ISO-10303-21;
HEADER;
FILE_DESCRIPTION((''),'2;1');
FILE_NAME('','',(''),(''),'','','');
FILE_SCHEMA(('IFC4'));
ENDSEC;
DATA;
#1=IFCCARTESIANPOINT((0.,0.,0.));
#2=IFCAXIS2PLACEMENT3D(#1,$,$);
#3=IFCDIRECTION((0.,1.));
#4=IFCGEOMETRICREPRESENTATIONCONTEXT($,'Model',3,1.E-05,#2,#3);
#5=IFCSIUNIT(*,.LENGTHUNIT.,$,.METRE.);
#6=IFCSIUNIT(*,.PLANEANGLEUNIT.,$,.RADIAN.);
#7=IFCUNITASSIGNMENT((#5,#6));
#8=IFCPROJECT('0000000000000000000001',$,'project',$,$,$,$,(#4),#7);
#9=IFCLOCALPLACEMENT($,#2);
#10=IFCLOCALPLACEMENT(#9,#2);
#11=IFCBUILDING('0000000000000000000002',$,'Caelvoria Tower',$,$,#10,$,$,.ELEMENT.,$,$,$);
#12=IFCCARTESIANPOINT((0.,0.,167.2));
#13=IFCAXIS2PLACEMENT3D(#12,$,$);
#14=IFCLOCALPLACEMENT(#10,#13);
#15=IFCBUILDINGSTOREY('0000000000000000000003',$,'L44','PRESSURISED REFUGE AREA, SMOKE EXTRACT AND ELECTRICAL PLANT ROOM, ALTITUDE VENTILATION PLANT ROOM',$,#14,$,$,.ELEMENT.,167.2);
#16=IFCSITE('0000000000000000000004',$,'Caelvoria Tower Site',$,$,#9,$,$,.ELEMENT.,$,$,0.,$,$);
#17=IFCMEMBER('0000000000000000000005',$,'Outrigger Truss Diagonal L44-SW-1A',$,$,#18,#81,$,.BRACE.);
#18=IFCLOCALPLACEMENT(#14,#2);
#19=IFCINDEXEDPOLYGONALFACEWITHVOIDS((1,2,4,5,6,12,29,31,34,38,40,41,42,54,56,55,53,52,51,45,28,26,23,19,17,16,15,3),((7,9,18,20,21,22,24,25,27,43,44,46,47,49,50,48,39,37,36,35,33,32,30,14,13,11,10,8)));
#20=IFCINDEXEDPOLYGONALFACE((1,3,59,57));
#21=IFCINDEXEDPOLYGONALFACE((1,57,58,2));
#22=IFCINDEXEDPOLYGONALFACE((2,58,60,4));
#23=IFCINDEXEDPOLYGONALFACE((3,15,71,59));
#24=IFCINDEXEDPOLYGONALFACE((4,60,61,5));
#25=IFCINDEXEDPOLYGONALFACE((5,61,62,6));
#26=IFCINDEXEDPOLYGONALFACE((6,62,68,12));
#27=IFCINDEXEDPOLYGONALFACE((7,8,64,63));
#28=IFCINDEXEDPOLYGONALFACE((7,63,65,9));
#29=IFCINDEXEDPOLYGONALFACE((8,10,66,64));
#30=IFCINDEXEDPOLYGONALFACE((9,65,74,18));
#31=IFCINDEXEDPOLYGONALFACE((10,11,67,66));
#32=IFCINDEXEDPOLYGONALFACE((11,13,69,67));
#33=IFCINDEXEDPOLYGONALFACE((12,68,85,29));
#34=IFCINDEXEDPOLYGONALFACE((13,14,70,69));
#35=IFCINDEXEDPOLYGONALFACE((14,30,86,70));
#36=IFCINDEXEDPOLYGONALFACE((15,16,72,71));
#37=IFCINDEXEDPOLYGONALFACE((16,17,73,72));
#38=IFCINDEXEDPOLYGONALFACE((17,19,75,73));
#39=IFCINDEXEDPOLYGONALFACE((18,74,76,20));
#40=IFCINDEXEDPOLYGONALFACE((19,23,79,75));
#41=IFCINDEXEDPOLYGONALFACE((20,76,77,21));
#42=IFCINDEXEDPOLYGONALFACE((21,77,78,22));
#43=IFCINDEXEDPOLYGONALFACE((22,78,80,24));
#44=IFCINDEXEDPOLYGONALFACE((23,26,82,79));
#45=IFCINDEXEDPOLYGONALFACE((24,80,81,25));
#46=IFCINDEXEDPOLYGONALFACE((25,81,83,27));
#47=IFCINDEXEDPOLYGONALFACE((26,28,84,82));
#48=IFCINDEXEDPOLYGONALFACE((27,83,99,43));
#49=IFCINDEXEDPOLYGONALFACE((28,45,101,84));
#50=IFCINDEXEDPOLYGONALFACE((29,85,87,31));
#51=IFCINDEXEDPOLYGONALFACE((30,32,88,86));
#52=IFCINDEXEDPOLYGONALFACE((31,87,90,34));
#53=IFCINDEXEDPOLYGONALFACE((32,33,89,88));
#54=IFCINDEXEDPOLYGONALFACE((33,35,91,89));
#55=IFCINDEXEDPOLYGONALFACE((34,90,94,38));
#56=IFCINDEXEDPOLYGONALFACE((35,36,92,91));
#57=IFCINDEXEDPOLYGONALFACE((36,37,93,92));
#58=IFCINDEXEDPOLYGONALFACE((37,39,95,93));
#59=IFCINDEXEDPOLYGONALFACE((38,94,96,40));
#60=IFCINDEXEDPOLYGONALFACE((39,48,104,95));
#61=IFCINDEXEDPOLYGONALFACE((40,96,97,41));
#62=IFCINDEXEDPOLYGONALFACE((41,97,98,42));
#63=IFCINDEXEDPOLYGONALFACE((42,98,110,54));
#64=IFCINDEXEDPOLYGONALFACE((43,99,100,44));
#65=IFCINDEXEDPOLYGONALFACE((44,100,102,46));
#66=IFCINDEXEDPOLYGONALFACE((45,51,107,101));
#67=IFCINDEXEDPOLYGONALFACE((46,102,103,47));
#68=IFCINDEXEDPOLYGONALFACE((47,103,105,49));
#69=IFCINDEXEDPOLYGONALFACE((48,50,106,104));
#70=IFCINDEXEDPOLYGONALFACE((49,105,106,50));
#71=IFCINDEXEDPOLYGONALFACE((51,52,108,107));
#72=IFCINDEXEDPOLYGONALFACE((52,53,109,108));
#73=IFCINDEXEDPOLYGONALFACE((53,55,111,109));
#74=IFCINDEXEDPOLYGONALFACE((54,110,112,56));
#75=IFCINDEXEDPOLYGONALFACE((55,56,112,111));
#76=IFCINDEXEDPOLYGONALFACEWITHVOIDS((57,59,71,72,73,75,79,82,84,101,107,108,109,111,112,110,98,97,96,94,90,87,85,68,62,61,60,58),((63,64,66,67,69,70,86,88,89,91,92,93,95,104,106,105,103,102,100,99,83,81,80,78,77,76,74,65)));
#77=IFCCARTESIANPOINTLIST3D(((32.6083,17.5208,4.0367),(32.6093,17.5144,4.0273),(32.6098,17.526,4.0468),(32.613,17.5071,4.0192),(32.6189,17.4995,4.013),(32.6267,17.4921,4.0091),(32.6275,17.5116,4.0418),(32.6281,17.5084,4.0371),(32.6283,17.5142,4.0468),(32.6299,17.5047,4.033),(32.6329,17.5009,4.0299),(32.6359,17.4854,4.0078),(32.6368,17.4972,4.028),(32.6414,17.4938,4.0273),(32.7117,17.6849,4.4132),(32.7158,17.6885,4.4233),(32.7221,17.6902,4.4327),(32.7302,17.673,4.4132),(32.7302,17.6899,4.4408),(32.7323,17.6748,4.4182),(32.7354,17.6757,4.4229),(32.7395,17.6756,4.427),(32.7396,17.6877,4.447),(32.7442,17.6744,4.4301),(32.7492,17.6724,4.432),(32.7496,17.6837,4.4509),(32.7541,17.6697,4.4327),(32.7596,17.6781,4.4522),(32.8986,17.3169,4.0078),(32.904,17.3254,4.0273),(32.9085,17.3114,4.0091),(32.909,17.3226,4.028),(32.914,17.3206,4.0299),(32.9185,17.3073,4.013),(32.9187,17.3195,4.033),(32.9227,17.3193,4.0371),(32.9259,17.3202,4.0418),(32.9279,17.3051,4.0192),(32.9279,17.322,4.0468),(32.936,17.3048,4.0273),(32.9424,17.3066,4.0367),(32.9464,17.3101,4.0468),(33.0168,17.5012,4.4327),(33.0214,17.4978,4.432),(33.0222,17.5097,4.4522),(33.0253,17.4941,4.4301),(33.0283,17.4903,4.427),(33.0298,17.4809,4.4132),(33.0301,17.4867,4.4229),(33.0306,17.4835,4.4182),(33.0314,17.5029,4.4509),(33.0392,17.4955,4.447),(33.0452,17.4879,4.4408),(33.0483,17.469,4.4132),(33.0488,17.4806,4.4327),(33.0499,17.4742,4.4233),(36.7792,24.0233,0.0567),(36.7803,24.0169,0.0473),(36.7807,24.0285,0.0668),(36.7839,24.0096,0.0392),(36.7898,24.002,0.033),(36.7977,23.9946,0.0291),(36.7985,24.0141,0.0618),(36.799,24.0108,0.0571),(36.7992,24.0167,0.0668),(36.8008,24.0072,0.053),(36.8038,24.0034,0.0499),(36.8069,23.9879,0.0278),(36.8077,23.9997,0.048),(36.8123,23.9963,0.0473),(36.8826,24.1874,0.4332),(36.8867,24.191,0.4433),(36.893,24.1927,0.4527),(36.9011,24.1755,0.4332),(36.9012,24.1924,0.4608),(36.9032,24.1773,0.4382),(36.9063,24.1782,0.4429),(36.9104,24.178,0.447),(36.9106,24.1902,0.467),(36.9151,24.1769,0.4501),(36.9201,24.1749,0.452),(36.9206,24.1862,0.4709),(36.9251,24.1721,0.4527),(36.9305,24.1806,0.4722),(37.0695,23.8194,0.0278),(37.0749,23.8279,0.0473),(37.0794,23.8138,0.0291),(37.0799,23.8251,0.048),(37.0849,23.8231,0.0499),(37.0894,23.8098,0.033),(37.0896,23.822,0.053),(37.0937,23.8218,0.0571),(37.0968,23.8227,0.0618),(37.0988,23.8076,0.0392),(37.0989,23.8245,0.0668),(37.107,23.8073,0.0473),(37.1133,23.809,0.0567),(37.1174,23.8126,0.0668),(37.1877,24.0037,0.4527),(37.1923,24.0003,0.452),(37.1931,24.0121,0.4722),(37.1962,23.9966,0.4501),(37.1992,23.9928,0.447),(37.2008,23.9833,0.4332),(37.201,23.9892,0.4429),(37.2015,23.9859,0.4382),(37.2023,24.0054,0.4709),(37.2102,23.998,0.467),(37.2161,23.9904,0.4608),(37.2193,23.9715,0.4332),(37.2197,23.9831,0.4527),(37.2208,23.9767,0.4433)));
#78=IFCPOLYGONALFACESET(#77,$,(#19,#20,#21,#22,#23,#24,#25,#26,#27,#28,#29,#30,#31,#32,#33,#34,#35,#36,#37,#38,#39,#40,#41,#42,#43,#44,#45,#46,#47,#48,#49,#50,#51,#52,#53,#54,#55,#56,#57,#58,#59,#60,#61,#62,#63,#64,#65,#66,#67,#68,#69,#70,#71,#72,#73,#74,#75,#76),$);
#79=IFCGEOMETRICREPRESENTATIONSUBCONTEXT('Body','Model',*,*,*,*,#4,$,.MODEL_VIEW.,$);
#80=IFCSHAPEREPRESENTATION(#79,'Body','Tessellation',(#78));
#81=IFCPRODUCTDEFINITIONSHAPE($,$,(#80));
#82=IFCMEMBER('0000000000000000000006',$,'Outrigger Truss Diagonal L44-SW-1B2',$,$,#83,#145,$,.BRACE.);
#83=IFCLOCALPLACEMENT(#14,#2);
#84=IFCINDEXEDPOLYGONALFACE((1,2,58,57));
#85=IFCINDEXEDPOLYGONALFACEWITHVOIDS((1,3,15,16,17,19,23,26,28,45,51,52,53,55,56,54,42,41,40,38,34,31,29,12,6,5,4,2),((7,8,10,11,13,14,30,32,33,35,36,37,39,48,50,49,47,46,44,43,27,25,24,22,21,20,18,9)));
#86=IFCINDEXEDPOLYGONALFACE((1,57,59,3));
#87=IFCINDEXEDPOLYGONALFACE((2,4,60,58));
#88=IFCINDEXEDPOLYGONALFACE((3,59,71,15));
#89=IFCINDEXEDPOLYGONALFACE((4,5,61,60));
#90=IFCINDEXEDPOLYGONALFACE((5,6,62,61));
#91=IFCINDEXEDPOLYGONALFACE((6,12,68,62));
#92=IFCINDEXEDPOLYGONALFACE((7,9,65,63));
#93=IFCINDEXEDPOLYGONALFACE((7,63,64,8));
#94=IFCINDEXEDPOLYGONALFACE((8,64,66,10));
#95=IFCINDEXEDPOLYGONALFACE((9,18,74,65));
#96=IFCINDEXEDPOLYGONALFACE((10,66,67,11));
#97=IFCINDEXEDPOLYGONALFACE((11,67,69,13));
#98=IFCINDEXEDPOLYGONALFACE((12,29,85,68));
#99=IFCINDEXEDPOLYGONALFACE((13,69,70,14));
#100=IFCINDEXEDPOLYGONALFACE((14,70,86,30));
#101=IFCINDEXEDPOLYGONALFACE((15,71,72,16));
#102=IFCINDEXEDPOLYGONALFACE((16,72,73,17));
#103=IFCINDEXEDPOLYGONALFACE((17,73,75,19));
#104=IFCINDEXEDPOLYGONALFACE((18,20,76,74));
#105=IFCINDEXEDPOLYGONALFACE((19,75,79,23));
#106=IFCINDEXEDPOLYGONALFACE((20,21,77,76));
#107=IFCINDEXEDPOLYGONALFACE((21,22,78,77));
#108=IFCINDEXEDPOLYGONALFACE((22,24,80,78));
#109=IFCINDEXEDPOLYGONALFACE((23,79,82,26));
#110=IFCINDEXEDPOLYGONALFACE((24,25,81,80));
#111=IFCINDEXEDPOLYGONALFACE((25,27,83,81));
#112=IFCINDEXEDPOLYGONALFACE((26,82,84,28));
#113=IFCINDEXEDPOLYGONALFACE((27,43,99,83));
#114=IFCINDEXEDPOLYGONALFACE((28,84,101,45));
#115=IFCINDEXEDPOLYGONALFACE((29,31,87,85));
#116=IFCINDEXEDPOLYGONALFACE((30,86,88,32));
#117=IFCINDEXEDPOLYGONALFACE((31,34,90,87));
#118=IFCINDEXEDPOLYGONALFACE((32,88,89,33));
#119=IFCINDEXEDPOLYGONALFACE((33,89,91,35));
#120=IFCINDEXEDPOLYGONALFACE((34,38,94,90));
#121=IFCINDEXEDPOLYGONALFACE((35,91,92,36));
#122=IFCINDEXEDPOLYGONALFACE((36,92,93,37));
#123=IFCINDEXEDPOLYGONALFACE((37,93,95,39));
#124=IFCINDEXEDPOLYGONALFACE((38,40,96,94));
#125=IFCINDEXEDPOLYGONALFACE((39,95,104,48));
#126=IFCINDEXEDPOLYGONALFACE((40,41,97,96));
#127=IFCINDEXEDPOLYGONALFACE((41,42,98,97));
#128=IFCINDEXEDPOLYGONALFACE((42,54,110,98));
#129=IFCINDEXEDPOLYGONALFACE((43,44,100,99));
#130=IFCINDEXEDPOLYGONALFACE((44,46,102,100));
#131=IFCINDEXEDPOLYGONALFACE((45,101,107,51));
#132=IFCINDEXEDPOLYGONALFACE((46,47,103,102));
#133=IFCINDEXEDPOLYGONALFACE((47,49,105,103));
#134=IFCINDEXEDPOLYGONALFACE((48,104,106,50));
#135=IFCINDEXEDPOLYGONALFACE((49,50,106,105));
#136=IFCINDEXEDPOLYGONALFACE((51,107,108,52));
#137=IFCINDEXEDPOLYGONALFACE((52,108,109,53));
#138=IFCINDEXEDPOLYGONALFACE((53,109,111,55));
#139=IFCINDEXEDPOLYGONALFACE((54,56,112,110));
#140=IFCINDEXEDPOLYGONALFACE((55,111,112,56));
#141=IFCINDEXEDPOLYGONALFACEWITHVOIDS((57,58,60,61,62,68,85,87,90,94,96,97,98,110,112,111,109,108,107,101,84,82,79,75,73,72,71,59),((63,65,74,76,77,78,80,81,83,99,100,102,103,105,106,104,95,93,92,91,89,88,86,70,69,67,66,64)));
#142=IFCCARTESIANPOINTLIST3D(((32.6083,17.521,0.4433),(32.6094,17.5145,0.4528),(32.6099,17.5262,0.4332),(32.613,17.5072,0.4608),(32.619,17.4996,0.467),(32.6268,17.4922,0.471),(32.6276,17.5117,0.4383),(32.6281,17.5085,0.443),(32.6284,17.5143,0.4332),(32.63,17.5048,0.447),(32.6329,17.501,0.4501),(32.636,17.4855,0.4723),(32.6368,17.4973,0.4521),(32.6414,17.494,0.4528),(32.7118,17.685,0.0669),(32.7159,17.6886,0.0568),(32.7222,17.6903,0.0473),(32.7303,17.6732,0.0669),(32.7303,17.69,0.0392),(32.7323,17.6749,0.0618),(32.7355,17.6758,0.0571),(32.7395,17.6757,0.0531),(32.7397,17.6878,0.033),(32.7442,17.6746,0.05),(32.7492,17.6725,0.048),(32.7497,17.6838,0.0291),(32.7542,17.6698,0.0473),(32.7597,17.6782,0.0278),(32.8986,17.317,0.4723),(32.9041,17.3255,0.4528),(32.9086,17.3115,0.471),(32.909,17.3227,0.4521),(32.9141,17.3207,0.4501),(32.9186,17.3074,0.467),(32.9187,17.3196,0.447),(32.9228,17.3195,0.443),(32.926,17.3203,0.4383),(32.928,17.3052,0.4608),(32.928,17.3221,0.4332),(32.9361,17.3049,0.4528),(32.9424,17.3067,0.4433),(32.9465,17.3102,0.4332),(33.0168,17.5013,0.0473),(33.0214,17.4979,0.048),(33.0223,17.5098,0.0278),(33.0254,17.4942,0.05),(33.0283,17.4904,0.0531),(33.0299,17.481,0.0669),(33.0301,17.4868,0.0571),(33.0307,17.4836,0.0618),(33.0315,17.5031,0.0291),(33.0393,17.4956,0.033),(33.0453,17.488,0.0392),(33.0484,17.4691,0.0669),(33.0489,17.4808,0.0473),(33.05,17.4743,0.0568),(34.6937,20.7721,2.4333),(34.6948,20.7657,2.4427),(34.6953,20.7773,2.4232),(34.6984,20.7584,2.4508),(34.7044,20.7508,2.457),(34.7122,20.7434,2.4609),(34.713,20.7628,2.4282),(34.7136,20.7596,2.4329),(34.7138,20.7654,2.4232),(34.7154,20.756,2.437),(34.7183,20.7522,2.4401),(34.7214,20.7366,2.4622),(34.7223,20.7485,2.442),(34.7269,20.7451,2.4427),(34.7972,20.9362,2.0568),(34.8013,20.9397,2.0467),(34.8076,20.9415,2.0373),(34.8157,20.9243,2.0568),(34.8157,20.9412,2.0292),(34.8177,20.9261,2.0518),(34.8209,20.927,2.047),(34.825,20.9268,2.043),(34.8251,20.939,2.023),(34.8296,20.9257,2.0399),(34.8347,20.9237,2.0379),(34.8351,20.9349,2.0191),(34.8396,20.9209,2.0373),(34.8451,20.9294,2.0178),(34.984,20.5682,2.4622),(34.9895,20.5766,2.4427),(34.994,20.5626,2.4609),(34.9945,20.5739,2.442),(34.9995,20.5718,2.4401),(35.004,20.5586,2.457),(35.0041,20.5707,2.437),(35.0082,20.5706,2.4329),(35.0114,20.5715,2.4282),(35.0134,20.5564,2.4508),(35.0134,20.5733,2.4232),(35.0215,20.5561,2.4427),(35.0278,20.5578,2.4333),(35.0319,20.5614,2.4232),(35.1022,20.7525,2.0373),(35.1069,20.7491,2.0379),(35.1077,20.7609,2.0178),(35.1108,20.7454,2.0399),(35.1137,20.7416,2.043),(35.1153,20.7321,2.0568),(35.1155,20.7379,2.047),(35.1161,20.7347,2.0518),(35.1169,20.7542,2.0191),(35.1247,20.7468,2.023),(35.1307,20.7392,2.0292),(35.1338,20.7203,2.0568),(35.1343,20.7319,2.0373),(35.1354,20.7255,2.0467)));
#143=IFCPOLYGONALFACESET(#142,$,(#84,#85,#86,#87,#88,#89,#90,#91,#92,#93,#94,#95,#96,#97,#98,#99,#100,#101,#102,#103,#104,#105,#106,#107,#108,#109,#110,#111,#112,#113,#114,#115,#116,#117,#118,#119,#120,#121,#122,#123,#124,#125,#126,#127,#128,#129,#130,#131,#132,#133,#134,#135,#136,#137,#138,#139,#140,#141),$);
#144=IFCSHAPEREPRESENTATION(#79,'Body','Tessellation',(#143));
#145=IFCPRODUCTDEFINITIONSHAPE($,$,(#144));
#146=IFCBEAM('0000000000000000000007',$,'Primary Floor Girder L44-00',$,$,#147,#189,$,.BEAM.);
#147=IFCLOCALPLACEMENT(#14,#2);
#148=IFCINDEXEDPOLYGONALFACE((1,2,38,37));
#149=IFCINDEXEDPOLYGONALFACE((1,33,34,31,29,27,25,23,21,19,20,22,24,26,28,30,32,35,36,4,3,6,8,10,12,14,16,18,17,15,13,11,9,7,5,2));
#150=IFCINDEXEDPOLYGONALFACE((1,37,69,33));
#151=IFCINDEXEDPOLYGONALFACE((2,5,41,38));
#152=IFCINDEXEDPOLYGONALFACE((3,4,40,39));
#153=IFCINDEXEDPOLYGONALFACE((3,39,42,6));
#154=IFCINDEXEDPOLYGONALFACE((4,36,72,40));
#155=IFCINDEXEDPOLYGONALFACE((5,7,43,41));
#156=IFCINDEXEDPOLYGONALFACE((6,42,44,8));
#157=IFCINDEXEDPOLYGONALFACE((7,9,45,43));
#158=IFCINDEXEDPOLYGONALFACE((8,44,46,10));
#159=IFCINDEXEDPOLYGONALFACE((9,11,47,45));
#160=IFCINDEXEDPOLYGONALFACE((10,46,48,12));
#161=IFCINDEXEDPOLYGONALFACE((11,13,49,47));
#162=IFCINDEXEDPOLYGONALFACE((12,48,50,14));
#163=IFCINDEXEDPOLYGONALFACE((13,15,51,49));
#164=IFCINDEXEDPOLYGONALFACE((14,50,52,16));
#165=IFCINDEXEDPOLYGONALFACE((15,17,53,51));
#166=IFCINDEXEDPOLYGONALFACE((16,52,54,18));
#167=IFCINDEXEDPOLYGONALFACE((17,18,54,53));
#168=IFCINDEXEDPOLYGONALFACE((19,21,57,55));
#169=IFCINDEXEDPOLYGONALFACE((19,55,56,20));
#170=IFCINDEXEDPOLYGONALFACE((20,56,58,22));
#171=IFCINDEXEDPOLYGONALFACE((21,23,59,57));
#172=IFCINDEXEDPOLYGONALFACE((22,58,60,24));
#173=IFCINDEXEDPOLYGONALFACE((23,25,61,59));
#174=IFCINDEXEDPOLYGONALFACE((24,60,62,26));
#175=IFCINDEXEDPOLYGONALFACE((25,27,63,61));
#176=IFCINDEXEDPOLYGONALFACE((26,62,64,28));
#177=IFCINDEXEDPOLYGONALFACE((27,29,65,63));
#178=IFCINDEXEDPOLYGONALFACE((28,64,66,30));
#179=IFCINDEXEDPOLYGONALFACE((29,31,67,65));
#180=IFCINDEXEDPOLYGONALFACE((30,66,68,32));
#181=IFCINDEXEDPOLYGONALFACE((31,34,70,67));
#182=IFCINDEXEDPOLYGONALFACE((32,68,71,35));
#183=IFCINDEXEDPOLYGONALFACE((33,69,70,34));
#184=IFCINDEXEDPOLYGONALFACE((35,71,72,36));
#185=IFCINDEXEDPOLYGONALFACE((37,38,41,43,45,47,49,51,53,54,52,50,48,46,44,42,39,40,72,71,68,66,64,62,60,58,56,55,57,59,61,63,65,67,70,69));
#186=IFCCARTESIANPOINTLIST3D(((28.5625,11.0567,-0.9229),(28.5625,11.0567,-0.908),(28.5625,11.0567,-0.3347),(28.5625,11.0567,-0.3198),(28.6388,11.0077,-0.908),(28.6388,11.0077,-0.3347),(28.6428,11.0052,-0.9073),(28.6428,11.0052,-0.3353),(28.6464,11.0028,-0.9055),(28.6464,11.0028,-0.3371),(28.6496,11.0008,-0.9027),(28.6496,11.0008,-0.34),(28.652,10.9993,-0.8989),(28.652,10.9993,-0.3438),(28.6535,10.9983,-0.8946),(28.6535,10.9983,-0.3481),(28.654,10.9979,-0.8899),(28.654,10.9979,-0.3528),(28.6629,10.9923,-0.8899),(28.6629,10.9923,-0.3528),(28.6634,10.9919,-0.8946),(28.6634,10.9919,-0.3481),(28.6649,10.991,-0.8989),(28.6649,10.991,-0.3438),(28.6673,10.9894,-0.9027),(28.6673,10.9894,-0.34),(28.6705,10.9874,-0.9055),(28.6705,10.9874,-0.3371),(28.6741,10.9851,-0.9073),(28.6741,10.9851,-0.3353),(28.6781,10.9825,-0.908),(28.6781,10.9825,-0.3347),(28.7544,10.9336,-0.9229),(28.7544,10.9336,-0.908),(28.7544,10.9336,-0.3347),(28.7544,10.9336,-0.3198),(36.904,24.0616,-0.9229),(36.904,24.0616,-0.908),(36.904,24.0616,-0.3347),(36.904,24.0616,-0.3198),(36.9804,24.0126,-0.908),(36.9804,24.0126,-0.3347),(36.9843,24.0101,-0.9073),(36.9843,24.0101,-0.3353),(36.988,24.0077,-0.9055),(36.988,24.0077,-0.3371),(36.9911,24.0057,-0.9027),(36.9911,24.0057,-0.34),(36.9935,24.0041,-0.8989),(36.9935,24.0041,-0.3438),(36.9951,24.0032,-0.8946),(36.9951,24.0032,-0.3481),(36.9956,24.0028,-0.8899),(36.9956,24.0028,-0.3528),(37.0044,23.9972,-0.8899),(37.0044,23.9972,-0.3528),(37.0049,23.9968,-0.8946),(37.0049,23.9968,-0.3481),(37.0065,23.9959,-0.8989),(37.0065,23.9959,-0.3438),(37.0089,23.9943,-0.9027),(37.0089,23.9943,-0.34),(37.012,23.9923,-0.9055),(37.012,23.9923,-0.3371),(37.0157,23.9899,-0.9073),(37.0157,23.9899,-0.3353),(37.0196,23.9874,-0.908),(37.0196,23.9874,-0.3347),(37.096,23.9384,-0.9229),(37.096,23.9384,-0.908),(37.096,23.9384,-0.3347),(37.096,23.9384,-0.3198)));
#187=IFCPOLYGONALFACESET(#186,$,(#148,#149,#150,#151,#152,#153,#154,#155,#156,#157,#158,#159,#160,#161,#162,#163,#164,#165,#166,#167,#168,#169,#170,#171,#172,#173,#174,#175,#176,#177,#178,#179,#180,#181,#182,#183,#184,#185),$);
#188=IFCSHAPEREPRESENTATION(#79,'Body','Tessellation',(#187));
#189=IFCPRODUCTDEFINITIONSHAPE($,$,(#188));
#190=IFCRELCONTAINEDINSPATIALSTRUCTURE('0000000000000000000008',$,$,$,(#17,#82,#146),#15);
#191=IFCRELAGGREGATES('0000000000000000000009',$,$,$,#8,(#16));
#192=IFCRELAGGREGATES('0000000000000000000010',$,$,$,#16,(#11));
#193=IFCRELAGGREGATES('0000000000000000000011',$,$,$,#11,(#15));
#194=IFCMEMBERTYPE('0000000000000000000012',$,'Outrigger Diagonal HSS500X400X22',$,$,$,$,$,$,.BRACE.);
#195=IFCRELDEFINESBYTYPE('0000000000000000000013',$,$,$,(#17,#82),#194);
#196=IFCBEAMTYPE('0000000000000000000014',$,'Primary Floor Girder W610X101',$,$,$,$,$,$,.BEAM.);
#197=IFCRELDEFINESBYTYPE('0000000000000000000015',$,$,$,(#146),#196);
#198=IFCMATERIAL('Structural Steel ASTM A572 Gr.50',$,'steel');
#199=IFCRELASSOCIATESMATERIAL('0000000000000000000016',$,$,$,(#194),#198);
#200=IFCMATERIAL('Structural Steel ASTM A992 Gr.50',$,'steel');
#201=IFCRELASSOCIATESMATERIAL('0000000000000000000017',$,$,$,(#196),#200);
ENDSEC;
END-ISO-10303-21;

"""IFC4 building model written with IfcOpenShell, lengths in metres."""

from ifc_helpers import new_model, si_unit, direction, frame, origin, origin_2d, place, context, subcontext, project, spatial, hollow_rectangle, i_section, extrude, material, material_profile, profile_set, type_object, element, save


model = new_model("IFC4")

# Units and contexts
model_context = context("Model", 3, precision=1e-05, world=origin(), true_north=direction((0.0, 1.0)))
body_context = subcontext(model_context, "Body", "Model", "MODEL_VIEW")
ifc_project = project(units=[si_unit("LENGTHUNIT", "METRE"), si_unit("PLANEANGLEUNIT", "RADIAN")], contexts=[model_context])

# Site, building, storey
site_placement = place(None, origin())
site = spatial("IfcSite", under=ifc_project, at=site_placement, Name="Caelvoria Tower Site", CompositionType="ELEMENT", RefElevation=0.0)
building_placement = place(site_placement, origin())
building = spatial("IfcBuilding", under=site, at=building_placement, Name="Caelvoria Tower", CompositionType="ELEMENT")
storey_placement = place(building_placement, frame((0.0, 0.0, 167.2)))
storey = spatial("IfcBuildingStorey", under=building, at=storey_placement, Name="L44", Description="PRESSURISED REFUGE AREA, SMOKE EXTRACT AND ELECTRICAL PLANT ROOM, ALTITUDE VENTILATION PLANT ROOM", CompositionType="ELEMENT", Elevation=167.2)

# Members
ifc_material_1 = material(Name="Structural Steel ASTM A572 Gr.50", Category="steel")
ifc_material_profile_1 = material_profile(ifc_material_1, hollow_rectangle(XDim=0.3999, YDim=0.5, WallThickness=0.022, InnerFilletRadius=0.022, OuterFilletRadius=0.0439, at=origin_2d()), Name="Structural Steel ASTM A572 Gr.50")
ifc_profile_set_1 = profile_set([ifc_material_profile_1], Name="HSS500X400X22 - Structural Steel ASTM A572 Gr.50")
member_type = type_object("IfcMemberType", Name="Outrigger Diagonal HSS500X400X22", PredefinedType="BRACE", material=ifc_profile_set_1)
member_1_placement = place(storey_placement, frame((37.0, 24.0, 0.25), z_axis=(-0.479958, -0.748256, 0.457989), x_axis=(0.841722, -0.539911, 0.0)))
element("IfcMember", 1, at=member_1_placement, inside=storey, type_object=member_type, Name="Outrigger Truss Diagonal L44-SW-1A", PredefinedType="BRACE", context=body_context, shape_type="SweptSolid", body=[
    extrude(hollow_rectangle(XDim=0.3999, YDim=0.5, WallThickness=0.022, InnerFilletRadius=0.022, OuterFilletRadius=0.0439, at=origin_2d()), origin(), (0.0, 0.0, 1.0), 8.6902),
])
member_2_placement = place(storey_placement, frame((34.9146, 20.7488, 2.24), z_axis=(-0.479958, -0.748256, -0.457989), x_axis=(0.841722, -0.539911, 0.0)))
element("IfcMember", 2, at=member_2_placement, inside=storey, type_object=member_type, Name="Outrigger Truss Diagonal L44-SW-1B2", PredefinedType="BRACE", context=body_context, shape_type="SweptSolid", body=[
    extrude(hollow_rectangle(XDim=0.3999, YDim=0.5, WallThickness=0.022, InnerFilletRadius=0.022, OuterFilletRadius=0.0439, at=origin_2d()), origin(), (0.0, 0.0, 1.0), 4.345),
])

# Beam
ifc_material_2 = material(Name="Structural Steel ASTM A992 Gr.50", Category="steel")
ifc_material_profile_2 = material_profile(ifc_material_2, i_section(OverallWidth=0.228, OverallDepth=0.603, WebThickness=0.0105, FlangeThickness=0.0149, FilletRadius=0.0181, at=origin_2d()), Name="Structural Steel ASTM A992 Gr.50")
ifc_profile_set_2 = profile_set([ifc_material_profile_2], Name="W610X101 - Structural Steel ASTM A992 Gr.50")
beam_type_1 = type_object("IfcBeamType", Name="Primary Floor Girder W610X101", PredefinedType="BEAM", material=ifc_profile_set_2)
beam_1_placement = place(storey_placement, frame((37.0, 24.0, -0.6213), z_axis=(-0.5399, -0.841729, 0.0), x_axis=(0.841729, -0.5399, 0.0)))
element("IfcBeam", 3, at=beam_1_placement, inside=storey, type_object=beam_type_1, Name="Primary Floor Girder L44-00", PredefinedType="BEAM", context=body_context, shape_type="SweptSolid", body=[
    extrude(i_section(OverallWidth=0.228, OverallDepth=0.603, WebThickness=0.0105, FlangeThickness=0.0149, FilletRadius=0.0181, at=origin_2d()), origin(), (0.0, 0.0, 1.0), 15.4502),
])

save(model, "model.ifc")
